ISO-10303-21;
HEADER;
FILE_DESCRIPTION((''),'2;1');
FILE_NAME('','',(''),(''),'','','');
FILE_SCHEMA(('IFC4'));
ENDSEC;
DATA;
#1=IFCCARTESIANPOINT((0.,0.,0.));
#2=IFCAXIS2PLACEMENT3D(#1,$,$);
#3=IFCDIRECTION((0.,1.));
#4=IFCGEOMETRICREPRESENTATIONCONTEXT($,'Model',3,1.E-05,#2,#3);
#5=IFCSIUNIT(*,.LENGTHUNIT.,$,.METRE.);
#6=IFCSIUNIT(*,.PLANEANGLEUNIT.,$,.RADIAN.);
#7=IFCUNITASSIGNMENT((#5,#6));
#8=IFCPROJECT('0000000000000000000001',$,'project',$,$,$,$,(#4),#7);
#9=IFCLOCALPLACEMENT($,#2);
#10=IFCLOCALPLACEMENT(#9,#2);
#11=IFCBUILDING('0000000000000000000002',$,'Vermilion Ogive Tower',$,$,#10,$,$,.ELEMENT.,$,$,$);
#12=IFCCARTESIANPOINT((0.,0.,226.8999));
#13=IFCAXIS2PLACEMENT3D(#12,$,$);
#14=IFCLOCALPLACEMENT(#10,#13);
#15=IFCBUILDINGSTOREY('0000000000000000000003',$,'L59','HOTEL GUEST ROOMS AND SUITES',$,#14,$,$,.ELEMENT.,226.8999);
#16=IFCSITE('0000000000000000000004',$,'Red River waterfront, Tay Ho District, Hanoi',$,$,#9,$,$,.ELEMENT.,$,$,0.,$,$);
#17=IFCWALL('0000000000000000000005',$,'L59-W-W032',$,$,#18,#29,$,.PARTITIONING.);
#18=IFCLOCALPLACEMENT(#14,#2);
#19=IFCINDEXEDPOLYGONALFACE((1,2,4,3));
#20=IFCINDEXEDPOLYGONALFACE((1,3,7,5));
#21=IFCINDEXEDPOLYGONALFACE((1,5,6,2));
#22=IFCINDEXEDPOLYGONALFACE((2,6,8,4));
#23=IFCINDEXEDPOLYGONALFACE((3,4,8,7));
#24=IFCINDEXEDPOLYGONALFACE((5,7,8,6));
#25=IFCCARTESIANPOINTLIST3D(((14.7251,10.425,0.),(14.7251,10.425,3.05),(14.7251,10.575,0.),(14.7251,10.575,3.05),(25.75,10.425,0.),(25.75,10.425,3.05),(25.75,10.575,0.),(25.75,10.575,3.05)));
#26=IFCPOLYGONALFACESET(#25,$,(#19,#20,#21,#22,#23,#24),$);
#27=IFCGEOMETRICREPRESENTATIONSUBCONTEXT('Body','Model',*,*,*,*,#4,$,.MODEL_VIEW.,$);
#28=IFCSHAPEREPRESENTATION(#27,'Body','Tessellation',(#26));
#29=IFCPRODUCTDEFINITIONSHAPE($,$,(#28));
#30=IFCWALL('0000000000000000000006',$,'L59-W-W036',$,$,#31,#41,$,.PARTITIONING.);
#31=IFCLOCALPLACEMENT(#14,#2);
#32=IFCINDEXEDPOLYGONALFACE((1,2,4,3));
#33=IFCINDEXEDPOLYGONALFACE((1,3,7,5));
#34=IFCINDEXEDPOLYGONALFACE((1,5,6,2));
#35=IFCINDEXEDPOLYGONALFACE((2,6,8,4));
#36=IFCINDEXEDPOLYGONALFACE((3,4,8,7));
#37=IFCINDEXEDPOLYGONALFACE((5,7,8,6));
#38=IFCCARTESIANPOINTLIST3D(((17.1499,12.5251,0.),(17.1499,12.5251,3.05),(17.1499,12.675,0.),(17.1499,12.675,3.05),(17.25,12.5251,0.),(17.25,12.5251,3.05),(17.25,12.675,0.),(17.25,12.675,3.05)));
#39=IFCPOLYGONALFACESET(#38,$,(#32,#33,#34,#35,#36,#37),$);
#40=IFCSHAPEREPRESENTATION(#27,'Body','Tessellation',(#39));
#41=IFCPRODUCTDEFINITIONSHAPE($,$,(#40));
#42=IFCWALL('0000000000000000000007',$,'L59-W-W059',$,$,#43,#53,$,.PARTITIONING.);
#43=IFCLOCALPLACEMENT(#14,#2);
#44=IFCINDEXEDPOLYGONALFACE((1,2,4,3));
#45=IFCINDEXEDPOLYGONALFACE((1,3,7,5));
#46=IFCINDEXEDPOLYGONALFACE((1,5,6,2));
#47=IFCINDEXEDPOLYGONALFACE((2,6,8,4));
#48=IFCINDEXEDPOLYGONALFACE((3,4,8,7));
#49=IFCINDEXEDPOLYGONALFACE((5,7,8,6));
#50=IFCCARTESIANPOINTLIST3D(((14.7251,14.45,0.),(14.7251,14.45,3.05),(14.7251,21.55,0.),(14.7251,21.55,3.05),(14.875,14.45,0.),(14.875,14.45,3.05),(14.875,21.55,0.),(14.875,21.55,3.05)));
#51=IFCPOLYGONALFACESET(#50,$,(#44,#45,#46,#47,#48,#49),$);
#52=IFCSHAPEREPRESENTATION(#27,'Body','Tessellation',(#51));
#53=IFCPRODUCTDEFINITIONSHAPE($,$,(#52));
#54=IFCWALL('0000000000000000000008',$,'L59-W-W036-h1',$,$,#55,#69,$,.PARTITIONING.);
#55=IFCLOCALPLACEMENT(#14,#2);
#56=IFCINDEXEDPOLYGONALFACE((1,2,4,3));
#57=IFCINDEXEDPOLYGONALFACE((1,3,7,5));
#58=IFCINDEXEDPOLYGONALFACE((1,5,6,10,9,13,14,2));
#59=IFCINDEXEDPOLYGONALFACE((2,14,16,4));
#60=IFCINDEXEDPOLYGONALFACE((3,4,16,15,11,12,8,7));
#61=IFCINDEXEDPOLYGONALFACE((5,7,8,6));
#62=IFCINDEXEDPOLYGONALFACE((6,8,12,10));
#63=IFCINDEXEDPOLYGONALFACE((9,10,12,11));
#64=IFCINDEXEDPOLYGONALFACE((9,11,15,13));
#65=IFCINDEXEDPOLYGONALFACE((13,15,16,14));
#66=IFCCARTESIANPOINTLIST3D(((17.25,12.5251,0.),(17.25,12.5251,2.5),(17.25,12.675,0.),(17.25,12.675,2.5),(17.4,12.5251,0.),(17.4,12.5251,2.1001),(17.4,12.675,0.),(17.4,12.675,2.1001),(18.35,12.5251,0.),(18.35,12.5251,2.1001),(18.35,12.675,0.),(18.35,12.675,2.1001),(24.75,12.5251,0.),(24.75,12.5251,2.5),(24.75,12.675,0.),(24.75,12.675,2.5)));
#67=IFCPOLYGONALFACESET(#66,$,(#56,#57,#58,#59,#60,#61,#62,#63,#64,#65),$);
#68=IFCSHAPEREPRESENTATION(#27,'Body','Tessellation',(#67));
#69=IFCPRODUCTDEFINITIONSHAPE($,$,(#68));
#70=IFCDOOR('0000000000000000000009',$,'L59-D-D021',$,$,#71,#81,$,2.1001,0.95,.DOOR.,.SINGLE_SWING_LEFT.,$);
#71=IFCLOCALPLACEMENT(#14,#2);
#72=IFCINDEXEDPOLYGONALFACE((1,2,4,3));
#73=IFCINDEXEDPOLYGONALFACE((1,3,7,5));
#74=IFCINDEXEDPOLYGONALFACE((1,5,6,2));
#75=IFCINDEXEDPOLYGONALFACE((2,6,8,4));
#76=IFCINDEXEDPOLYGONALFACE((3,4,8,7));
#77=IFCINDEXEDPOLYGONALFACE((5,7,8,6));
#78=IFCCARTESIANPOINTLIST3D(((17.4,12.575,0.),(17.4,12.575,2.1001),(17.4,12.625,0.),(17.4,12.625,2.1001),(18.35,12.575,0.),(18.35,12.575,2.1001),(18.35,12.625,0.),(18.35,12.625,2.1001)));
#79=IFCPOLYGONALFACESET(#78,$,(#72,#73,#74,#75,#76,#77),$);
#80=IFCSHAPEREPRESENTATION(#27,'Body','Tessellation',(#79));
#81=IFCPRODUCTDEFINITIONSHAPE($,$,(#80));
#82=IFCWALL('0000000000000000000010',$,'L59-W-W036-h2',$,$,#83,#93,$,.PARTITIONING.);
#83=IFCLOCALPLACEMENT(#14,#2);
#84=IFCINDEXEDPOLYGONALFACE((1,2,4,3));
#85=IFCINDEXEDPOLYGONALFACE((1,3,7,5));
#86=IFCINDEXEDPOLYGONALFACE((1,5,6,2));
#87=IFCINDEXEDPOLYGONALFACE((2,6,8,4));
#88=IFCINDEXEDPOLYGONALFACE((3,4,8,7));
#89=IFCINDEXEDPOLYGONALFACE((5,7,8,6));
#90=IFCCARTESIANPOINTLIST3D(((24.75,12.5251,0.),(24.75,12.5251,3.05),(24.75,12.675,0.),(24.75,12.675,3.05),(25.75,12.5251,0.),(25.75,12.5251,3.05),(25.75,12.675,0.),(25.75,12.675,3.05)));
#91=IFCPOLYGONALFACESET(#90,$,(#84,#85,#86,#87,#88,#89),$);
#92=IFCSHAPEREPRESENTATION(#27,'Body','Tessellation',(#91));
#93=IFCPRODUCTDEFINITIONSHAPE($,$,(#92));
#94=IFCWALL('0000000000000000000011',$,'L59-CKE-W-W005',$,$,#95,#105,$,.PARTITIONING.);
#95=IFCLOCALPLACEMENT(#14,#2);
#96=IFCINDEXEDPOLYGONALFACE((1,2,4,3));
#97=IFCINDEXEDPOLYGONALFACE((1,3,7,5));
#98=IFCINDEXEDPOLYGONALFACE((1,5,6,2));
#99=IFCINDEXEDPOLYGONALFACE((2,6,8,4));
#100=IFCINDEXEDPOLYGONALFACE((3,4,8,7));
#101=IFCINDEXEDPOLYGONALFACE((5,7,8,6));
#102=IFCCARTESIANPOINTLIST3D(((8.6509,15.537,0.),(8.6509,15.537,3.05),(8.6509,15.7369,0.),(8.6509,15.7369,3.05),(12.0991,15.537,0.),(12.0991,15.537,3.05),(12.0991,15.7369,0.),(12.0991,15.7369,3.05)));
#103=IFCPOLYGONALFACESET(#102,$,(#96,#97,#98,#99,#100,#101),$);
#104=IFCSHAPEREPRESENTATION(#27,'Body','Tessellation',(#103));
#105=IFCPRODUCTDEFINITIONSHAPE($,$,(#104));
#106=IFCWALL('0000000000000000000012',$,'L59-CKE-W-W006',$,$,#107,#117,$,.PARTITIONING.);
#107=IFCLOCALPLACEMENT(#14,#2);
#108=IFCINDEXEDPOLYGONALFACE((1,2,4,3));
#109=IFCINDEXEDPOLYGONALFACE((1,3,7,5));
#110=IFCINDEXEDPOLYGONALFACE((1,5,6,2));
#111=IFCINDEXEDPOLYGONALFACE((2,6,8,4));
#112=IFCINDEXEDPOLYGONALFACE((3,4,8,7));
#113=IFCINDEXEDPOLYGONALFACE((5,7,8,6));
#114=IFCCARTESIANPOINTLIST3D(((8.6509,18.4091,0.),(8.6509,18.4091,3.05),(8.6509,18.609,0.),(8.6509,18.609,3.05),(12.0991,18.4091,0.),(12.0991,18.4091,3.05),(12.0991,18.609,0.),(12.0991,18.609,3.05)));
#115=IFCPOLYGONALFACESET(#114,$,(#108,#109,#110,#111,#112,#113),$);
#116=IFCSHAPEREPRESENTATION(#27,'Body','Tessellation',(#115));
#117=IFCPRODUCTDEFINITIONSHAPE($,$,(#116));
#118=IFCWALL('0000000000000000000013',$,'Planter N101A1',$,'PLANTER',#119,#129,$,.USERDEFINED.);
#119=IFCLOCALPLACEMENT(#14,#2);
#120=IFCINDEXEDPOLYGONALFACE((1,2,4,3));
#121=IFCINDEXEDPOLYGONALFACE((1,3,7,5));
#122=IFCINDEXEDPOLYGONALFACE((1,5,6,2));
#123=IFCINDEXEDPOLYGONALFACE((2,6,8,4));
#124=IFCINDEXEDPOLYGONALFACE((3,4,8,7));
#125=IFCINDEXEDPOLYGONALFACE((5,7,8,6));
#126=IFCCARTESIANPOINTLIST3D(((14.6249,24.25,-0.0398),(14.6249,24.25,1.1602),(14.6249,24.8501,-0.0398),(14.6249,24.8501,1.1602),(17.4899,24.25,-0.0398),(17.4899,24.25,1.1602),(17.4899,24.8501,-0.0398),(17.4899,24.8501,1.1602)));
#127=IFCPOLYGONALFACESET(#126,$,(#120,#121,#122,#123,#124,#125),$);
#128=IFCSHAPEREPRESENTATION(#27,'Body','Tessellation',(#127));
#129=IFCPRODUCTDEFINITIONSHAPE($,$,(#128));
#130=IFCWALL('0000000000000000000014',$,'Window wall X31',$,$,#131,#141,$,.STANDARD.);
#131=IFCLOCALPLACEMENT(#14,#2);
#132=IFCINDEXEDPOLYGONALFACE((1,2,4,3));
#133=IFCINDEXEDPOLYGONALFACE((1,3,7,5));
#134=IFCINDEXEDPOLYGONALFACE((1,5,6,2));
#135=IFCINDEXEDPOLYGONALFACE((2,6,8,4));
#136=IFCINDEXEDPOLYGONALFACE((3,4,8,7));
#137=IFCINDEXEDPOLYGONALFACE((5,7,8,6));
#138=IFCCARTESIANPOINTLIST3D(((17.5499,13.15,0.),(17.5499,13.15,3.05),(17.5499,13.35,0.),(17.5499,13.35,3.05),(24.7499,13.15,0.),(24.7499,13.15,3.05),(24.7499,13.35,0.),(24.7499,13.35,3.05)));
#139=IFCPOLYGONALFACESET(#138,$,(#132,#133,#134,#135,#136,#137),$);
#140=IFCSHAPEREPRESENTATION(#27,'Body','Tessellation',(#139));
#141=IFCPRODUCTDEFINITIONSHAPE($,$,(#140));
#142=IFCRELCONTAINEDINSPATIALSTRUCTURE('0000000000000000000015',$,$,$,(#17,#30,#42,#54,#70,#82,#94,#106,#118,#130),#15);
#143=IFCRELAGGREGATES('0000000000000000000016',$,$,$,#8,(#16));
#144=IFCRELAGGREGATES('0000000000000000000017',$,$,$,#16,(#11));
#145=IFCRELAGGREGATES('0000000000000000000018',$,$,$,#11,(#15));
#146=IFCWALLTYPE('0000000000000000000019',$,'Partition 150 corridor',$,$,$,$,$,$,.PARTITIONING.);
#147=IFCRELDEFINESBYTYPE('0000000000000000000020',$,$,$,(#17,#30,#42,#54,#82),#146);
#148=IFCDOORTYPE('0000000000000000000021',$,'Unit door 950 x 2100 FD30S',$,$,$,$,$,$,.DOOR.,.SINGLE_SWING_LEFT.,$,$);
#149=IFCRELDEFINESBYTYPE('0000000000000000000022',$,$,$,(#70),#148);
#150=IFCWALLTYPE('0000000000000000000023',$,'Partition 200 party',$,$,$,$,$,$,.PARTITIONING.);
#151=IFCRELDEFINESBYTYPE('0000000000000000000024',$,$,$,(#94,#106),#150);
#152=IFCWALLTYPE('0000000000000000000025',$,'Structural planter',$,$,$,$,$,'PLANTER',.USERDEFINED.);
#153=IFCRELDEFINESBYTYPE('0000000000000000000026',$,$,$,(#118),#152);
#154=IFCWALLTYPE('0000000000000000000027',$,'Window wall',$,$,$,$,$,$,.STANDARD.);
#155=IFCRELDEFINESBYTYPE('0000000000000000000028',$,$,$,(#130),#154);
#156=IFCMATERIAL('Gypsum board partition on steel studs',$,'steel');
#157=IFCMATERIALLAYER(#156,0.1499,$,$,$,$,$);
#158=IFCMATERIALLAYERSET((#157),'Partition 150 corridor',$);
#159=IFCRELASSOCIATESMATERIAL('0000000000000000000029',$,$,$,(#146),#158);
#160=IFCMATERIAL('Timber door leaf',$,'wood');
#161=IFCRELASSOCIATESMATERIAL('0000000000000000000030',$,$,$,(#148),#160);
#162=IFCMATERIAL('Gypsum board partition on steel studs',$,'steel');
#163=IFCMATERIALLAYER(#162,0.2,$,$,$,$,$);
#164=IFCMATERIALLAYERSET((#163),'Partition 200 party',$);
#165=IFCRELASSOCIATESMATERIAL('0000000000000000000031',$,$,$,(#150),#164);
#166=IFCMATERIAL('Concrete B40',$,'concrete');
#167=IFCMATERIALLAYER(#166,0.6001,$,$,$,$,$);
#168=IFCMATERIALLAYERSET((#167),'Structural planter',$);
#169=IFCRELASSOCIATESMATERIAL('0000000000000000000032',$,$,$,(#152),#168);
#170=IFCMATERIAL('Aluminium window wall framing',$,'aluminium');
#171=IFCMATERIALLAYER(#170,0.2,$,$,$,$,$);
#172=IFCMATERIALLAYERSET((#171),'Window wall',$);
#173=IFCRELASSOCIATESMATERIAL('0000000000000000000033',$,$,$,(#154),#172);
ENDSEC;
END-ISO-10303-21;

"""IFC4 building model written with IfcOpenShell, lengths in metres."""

from ifc_helpers import new_model, si_unit, direction, frame, frame_2d, origin, place, context, subcontext, project, spatial, rectangle, extrude, material, layer, layer_set, type_object, element, fill, save


model = new_model("IFC4")

# Units and contexts
model_context = context("Model", 3, precision=1e-05, world=origin(), true_north=direction((0.0, 1.0)))
body_context = subcontext(model_context, "Body", "Model", "MODEL_VIEW")
ifc_project = project(units=[si_unit("LENGTHUNIT", "METRE"), si_unit("PLANEANGLEUNIT", "RADIAN")], contexts=[model_context])

# Site, building, storey
site_placement = place(None, origin())
site = spatial("IfcSite", under=ifc_project, at=site_placement, Name="Red River waterfront, Tay Ho District, Hanoi", CompositionType="ELEMENT", RefElevation=0.0)
building_placement = place(site_placement, origin())
building = spatial("IfcBuilding", under=site, at=building_placement, Name="Vermilion Ogive Tower", CompositionType="ELEMENT")
storey_placement = place(building_placement, frame((0.0, 0.0, 226.8999)))
storey = spatial("IfcBuildingStorey", under=building, at=storey_placement, Name="L59", Description="HOTEL GUEST ROOMS AND SUITES", CompositionType="ELEMENT", Elevation=226.8999)

# Walls
ifc_material_1 = material(Name="Gypsum board partition on steel studs", Category="steel")
ifc_layer_1 = layer(ifc_material_1, 0.1499)
ifc_layer_set_1 = layer_set([ifc_layer_1], Name="Partition 150 corridor")
wall_type_1 = type_object("IfcWallType", Name="Partition 150 corridor", PredefinedType="PARTITIONING", material=ifc_layer_set_1)
wall_1_placement = place(storey_placement, frame((14.7251, 10.5, 0.0), z_axis=(0.0, 0.0, 1.0), x_axis=(1.0, 0.0, 0.0)))
element("IfcWall", 1, at=wall_1_placement, inside=storey, type_object=wall_type_1, Name="L59-W-W032", PredefinedType="PARTITIONING", context=body_context, shape_type="SweptSolid", body=[
    extrude(rectangle(XDim=11.0249, YDim=0.1499, at=frame_2d((5.5125, 0.0))), origin(), (0.0, 0.0, 1.0), 3.05),
])
wall_2_placement = place(storey_placement, frame((17.1499, 12.6001, 0.0), z_axis=(0.0, 0.0, 1.0), x_axis=(1.0, 0.0, 0.0)))
element("IfcWall", 2, at=wall_2_placement, inside=storey, type_object=wall_type_1, Name="L59-W-W036", PredefinedType="PARTITIONING", context=body_context, shape_type="SweptSolid", body=[
    extrude(rectangle(XDim=0.1001, YDim=0.1499, at=frame_2d((0.05, 0.0))), origin(), (0.0, 0.0, 1.0), 3.05),
])
wall_3_placement = place(storey_placement, frame((14.8, 14.45, 0.0), z_axis=(0.0, 0.0, 1.0), x_axis=(0.0, 1.0, 0.0)))
element("IfcWall", 3, at=wall_3_placement, inside=storey, type_object=wall_type_1, Name="L59-W-W059", PredefinedType="PARTITIONING", context=body_context, shape_type="SweptSolid", body=[
    extrude(rectangle(XDim=7.1001, YDim=0.1499, at=frame_2d((3.55, 0.0))), origin(), (0.0, 0.0, 1.0), 3.05),
])

# Wall, opening, door
wall_4_placement = place(storey_placement, frame((17.25, 12.6001, 0.0), z_axis=(0.0, 0.0, 1.0), x_axis=(1.0, 0.0, 0.0)))
wall_4 = element("IfcWall", 4, at=wall_4_placement, inside=storey, type_object=wall_type_1, Name="L59-W-W036-h1", PredefinedType="PARTITIONING", context=body_context, shape_type="SweptSolid", body=[
    extrude(rectangle(XDim=7.5, YDim=0.1499, at=frame_2d((3.75, 0.0))), origin(), (0.0, 0.0, 1.0), 2.5),
])
opening_1_placement = place(wall_4_placement, frame((0.1499, 0.0, 0.0)))
opening_1 = element("IfcOpeningElement", 5, at=opening_1_placement, cuts=wall_4, PredefinedType="OPENING", context=body_context, shape_type="SweptSolid", body=[
    extrude(rectangle(XDim=0.95, YDim=2.1001, at=frame_2d((0.4751, 1.05))), frame((0.0, 0.085, 0.0), z_axis=(0.0, -1.0, 0.0), x_axis=(1.0, 0.0, 0.0)), (0.0, 0.0, 1.0), 0.1699),
])
ifc_material_2 = material(Name="Timber door leaf", Category="wood")
door_type_1 = type_object("IfcDoorType", Name="Unit door 950 x 2100 FD30S", OperationType="SINGLE_SWING_LEFT", PredefinedType="DOOR", material=ifc_material_2)
door_1_placement = place(opening_1_placement, origin())
door_1 = element("IfcDoor", 6, at=door_1_placement, inside=storey, type_object=door_type_1, Name="L59-D-D021", OperationType="SINGLE_SWING_LEFT", OverallHeight=2.1001, OverallWidth=0.95, PredefinedType="DOOR", context=body_context, shape_type="SweptSolid", body=[
    extrude(rectangle(XDim=0.95, YDim=2.1001, at=frame_2d((0.4751, 1.05))), frame((0.0, 0.0249, 0.0), z_axis=(0.0, -1.0, 0.0), x_axis=(1.0, 0.0, 0.0)), (0.0, 0.0, 1.0), 0.05),
])
fill(opening_1, door_1)

# Walls
wall_5_placement = place(storey_placement, frame((24.75, 12.6001, 0.0), z_axis=(0.0, 0.0, 1.0), x_axis=(1.0, 0.0, 0.0)))
element("IfcWall", 7, at=wall_5_placement, inside=storey, type_object=wall_type_1, Name="L59-W-W036-h2", PredefinedType="PARTITIONING", context=body_context, shape_type="SweptSolid", body=[
    extrude(rectangle(XDim=1.0, YDim=0.1499, at=frame_2d((0.5, 0.0))), origin(), (0.0, 0.0, 1.0), 3.05),
])
ifc_material_3 = material(Name="Gypsum board partition on steel studs", Category="steel")
ifc_layer_2 = layer(ifc_material_3, 0.2)
ifc_layer_set_2 = layer_set([ifc_layer_2], Name="Partition 200 party")
wall_type_2 = type_object("IfcWallType", Name="Partition 200 party", PredefinedType="PARTITIONING", material=ifc_layer_set_2)
for number, where, z_axis, x_axis, name in (
    (8, (8.6509, 15.637, 0.0), (0.0, 0.0, 1.0), (1.0, 0.0, 0.0), "L59-CKE-W-W005"),
    (9, (8.6509, 18.509, 0.0), (0.0, 0.0, 1.0), (1.0, 0.0, 0.0), "L59-CKE-W-W006"),
):
    element("IfcWall", number, at=place(storey_placement, frame(where, z_axis=z_axis, x_axis=x_axis)), inside=storey, type_object=wall_type_2, Name=name, PredefinedType="PARTITIONING", context=body_context, shape_type="SweptSolid", body=[
        extrude(rectangle(XDim=3.4482, YDim=0.2, at=frame_2d((1.7241, 0.0))), origin(), (0.0, 0.0, 1.0), 3.05),
    ])
ifc_material_4 = material(Name="Concrete B40", Category="concrete")
ifc_layer_3 = layer(ifc_material_4, 0.6001)
ifc_layer_set_3 = layer_set([ifc_layer_3], Name="Structural planter")
wall_type_3 = type_object("IfcWallType", Name="Structural planter", ElementType="PLANTER", PredefinedType="USERDEFINED", material=ifc_layer_set_3)
wall_6_placement = place(storey_placement, frame((17.49, 24.55, -0.0398), z_axis=(0.0, 0.0, 1.0), x_axis=(-1.0, 0.0, 0.0)))
element("IfcWall", 10, at=wall_6_placement, inside=storey, type_object=wall_type_3, Name="Planter N101A1", ObjectType="PLANTER", PredefinedType="USERDEFINED", context=body_context, shape_type="SweptSolid", body=[
    extrude(rectangle(XDim=2.865, YDim=0.6001, at=frame_2d((1.4326, 0.0))), origin(), (0.0, 0.0, 1.0), 1.2),
])
ifc_material_5 = material(Name="Aluminium window wall framing", Category="aluminium")
ifc_layer_4 = layer(ifc_material_5, 0.2)
ifc_layer_set_4 = layer_set([ifc_layer_4], Name="Window wall")
wall_type_4 = type_object("IfcWallType", Name="Window wall", PredefinedType="STANDARD", material=ifc_layer_set_4)
wall_7_placement = place(storey_placement, frame((24.75, 13.25, 0.0), z_axis=(0.0, 0.0, 1.0), x_axis=(-1.0, 0.0, 0.0)))
element("IfcWall", 11, at=wall_7_placement, inside=storey, type_object=wall_type_4, Name="Window wall X31", PredefinedType="STANDARD", context=body_context, shape_type="SweptSolid", body=[
    extrude(rectangle(XDim=7.2, YDim=0.2, at=frame_2d((3.6001, 0.0))), origin(), (0.0, 0.0, 1.0), 3.05),
])

save(model, "model.ifc")
